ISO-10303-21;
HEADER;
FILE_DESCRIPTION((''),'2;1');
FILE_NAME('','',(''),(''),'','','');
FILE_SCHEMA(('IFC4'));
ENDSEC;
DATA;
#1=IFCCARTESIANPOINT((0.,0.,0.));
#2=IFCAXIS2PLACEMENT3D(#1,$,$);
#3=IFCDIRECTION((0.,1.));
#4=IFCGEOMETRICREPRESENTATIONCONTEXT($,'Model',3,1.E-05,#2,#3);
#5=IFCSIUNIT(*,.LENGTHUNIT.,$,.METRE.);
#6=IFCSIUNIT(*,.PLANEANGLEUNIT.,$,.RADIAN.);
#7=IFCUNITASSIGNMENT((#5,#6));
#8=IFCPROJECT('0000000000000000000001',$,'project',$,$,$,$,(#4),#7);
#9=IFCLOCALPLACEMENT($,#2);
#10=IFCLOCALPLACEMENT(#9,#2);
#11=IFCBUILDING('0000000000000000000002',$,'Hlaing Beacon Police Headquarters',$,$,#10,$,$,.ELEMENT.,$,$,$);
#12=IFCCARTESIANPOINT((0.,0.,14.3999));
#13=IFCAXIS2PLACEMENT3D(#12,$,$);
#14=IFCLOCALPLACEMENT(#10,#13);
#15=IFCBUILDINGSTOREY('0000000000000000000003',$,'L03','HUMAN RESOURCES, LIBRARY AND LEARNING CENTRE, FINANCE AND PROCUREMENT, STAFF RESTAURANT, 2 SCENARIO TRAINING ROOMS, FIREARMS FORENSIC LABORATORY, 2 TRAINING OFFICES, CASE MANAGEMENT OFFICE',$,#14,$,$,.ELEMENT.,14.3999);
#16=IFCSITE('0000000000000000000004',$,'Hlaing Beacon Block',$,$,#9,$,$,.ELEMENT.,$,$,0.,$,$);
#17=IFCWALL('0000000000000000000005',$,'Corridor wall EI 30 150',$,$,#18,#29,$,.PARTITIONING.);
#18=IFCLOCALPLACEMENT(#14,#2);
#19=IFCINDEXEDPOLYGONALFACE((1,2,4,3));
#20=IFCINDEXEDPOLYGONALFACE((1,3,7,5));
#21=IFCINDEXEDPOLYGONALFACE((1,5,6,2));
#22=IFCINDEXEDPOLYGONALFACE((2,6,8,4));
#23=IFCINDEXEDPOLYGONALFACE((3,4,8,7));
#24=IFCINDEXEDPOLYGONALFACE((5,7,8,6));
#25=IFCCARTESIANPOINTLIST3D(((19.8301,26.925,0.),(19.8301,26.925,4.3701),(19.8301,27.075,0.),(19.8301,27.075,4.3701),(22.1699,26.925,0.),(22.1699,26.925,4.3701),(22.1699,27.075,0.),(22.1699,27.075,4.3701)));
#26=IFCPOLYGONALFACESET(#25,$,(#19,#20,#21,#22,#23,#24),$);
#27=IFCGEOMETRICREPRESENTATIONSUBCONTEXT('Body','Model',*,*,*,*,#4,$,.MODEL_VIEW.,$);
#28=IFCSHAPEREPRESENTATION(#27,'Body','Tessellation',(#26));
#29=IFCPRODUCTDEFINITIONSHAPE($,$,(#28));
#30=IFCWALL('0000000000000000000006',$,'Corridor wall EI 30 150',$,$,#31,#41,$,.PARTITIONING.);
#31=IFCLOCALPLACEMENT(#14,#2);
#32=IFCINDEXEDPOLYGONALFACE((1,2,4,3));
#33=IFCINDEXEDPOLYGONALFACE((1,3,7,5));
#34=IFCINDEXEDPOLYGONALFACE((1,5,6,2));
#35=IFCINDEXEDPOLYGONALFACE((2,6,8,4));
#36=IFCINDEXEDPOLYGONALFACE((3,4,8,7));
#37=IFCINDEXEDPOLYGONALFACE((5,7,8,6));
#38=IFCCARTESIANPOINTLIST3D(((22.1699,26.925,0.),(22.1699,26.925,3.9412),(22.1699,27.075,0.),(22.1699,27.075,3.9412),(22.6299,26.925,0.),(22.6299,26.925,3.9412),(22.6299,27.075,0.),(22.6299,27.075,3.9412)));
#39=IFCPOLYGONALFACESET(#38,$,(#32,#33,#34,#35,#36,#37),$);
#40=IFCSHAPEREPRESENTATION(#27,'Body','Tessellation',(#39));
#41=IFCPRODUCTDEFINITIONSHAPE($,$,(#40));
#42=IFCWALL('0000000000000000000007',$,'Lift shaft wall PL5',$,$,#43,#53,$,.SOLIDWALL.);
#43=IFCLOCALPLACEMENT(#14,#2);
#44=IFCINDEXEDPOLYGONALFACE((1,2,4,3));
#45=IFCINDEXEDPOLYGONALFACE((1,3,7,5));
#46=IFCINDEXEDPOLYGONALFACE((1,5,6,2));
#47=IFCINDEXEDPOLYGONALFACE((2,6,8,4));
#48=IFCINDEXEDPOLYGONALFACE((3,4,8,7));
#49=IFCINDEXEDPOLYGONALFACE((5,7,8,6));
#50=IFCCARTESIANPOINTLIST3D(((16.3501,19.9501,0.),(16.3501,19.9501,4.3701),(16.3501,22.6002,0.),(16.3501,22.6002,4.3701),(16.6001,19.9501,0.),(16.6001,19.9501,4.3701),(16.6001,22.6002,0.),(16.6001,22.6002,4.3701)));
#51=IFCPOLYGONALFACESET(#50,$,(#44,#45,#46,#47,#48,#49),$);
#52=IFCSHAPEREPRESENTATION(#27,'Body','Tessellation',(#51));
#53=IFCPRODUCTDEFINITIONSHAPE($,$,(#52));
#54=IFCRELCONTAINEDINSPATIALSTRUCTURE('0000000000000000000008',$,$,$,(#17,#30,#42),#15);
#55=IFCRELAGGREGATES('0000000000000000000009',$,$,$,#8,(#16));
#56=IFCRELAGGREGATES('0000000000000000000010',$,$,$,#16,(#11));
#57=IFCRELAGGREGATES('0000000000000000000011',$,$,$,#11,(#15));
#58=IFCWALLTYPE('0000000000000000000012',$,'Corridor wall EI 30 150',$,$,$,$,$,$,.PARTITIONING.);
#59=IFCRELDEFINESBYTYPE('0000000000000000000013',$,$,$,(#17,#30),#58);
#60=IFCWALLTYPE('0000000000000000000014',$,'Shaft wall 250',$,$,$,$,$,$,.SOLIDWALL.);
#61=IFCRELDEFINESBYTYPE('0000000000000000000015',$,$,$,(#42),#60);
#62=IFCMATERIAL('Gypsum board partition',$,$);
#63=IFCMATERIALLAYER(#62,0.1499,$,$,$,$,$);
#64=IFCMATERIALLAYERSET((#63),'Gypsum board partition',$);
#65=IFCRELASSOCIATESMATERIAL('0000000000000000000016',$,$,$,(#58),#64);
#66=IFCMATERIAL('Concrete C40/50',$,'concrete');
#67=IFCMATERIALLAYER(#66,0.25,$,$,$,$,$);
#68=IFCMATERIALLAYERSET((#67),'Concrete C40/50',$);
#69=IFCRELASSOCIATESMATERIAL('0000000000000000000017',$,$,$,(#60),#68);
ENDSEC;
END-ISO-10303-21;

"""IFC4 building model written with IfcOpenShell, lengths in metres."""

from ifc_helpers import new_model, si_unit, direction, frame, frame_2d, origin, place, context, subcontext, project, spatial, rectangle, extrude, material, layer, layer_set, type_object, element, save


model = new_model("IFC4")

# Units and contexts
model_context = context("Model", 3, precision=1e-05, world=origin(), true_north=direction((0.0, 1.0)))
body_context = subcontext(model_context, "Body", "Model", "MODEL_VIEW")
ifc_project = project(units=[si_unit("LENGTHUNIT", "METRE"), si_unit("PLANEANGLEUNIT", "RADIAN")], contexts=[model_context])

# Site, building, storey
site_placement = place(None, origin())
site = spatial("IfcSite", under=ifc_project, at=site_placement, Name="Hlaing Beacon Block", CompositionType="ELEMENT", RefElevation=0.0)
building_placement = place(site_placement, origin())
building = spatial("IfcBuilding", under=site, at=building_placement, Name="Hlaing Beacon Police Headquarters", CompositionType="ELEMENT")
storey_placement = place(building_placement, frame((0.0, 0.0, 14.3999)))
storey = spatial("IfcBuildingStorey", under=building, at=storey_placement, Name="L03", Description="HUMAN RESOURCES, LIBRARY AND LEARNING CENTRE, FINANCE AND PROCUREMENT, STAFF RESTAURANT, 2 SCENARIO TRAINING ROOMS, FIREARMS FORENSIC LABORATORY, 2 TRAINING OFFICES, CASE MANAGEMENT OFFICE", CompositionType="ELEMENT", Elevation=14.3999)

# Walls
ifc_material_1 = material(Name="Gypsum board partition")
ifc_layer_1 = layer(ifc_material_1, 0.1499)
ifc_layer_set_1 = layer_set([ifc_layer_1], Name="Gypsum board partition")
wall_type_1 = type_object("IfcWallType", Name="Corridor wall EI 30 150", PredefinedType="PARTITIONING", material=ifc_layer_set_1)
wall_1_placement = place(storey_placement, frame((19.8301, 27.0, 0.0), z_axis=(0.0, 0.0, 1.0), x_axis=(1.0, 0.0, 0.0)))
element("IfcWall", 1, at=wall_1_placement, inside=storey, type_object=wall_type_1, Name="Corridor wall EI 30 150", PredefinedType="PARTITIONING", context=body_context, shape_type="SweptSolid", body=[
    extrude(rectangle(XDim=2.3398, YDim=0.1499, at=frame_2d((1.1699, 0.0))), origin(), (0.0, 0.0, 1.0), 4.3701),
])
wall_2_placement = place(storey_placement, frame((22.1699, 27.0, 0.0), z_axis=(0.0, 0.0, 1.0), x_axis=(1.0, 0.0, 0.0)))
element("IfcWall", 2, at=wall_2_placement, inside=storey, type_object=wall_type_1, Name="Corridor wall EI 30 150", PredefinedType="PARTITIONING", context=body_context, shape_type="SweptSolid", body=[
    extrude(rectangle(XDim=0.46, YDim=0.1499, at=frame_2d((0.23, 0.0))), origin(), (0.0, 0.0, 1.0), 3.9412),
])
ifc_material_2 = material(Name="Concrete C40/50", Category="concrete")
ifc_layer_2 = layer(ifc_material_2, 0.25)
ifc_layer_set_2 = layer_set([ifc_layer_2], Name="Concrete C40/50")
wall_type_2 = type_object("IfcWallType", Name="Shaft wall 250", PredefinedType="SOLIDWALL", material=ifc_layer_set_2)
wall_3_placement = place(storey_placement, frame((16.4751, 19.95, 0.0), z_axis=(0.0, 0.0, 1.0), x_axis=(0.0, 1.0, 0.0)))
element("IfcWall", 3, at=wall_3_placement, inside=storey, type_object=wall_type_2, Name="Lift shaft wall PL5", PredefinedType="SOLIDWALL", context=body_context, shape_type="SweptSolid", body=[
    extrude(rectangle(XDim=2.6501, YDim=0.25, at=frame_2d((1.3252, 0.0))), origin(), (0.0, 0.0, 1.0), 4.3701),
])

save(model, "model.ifc")
